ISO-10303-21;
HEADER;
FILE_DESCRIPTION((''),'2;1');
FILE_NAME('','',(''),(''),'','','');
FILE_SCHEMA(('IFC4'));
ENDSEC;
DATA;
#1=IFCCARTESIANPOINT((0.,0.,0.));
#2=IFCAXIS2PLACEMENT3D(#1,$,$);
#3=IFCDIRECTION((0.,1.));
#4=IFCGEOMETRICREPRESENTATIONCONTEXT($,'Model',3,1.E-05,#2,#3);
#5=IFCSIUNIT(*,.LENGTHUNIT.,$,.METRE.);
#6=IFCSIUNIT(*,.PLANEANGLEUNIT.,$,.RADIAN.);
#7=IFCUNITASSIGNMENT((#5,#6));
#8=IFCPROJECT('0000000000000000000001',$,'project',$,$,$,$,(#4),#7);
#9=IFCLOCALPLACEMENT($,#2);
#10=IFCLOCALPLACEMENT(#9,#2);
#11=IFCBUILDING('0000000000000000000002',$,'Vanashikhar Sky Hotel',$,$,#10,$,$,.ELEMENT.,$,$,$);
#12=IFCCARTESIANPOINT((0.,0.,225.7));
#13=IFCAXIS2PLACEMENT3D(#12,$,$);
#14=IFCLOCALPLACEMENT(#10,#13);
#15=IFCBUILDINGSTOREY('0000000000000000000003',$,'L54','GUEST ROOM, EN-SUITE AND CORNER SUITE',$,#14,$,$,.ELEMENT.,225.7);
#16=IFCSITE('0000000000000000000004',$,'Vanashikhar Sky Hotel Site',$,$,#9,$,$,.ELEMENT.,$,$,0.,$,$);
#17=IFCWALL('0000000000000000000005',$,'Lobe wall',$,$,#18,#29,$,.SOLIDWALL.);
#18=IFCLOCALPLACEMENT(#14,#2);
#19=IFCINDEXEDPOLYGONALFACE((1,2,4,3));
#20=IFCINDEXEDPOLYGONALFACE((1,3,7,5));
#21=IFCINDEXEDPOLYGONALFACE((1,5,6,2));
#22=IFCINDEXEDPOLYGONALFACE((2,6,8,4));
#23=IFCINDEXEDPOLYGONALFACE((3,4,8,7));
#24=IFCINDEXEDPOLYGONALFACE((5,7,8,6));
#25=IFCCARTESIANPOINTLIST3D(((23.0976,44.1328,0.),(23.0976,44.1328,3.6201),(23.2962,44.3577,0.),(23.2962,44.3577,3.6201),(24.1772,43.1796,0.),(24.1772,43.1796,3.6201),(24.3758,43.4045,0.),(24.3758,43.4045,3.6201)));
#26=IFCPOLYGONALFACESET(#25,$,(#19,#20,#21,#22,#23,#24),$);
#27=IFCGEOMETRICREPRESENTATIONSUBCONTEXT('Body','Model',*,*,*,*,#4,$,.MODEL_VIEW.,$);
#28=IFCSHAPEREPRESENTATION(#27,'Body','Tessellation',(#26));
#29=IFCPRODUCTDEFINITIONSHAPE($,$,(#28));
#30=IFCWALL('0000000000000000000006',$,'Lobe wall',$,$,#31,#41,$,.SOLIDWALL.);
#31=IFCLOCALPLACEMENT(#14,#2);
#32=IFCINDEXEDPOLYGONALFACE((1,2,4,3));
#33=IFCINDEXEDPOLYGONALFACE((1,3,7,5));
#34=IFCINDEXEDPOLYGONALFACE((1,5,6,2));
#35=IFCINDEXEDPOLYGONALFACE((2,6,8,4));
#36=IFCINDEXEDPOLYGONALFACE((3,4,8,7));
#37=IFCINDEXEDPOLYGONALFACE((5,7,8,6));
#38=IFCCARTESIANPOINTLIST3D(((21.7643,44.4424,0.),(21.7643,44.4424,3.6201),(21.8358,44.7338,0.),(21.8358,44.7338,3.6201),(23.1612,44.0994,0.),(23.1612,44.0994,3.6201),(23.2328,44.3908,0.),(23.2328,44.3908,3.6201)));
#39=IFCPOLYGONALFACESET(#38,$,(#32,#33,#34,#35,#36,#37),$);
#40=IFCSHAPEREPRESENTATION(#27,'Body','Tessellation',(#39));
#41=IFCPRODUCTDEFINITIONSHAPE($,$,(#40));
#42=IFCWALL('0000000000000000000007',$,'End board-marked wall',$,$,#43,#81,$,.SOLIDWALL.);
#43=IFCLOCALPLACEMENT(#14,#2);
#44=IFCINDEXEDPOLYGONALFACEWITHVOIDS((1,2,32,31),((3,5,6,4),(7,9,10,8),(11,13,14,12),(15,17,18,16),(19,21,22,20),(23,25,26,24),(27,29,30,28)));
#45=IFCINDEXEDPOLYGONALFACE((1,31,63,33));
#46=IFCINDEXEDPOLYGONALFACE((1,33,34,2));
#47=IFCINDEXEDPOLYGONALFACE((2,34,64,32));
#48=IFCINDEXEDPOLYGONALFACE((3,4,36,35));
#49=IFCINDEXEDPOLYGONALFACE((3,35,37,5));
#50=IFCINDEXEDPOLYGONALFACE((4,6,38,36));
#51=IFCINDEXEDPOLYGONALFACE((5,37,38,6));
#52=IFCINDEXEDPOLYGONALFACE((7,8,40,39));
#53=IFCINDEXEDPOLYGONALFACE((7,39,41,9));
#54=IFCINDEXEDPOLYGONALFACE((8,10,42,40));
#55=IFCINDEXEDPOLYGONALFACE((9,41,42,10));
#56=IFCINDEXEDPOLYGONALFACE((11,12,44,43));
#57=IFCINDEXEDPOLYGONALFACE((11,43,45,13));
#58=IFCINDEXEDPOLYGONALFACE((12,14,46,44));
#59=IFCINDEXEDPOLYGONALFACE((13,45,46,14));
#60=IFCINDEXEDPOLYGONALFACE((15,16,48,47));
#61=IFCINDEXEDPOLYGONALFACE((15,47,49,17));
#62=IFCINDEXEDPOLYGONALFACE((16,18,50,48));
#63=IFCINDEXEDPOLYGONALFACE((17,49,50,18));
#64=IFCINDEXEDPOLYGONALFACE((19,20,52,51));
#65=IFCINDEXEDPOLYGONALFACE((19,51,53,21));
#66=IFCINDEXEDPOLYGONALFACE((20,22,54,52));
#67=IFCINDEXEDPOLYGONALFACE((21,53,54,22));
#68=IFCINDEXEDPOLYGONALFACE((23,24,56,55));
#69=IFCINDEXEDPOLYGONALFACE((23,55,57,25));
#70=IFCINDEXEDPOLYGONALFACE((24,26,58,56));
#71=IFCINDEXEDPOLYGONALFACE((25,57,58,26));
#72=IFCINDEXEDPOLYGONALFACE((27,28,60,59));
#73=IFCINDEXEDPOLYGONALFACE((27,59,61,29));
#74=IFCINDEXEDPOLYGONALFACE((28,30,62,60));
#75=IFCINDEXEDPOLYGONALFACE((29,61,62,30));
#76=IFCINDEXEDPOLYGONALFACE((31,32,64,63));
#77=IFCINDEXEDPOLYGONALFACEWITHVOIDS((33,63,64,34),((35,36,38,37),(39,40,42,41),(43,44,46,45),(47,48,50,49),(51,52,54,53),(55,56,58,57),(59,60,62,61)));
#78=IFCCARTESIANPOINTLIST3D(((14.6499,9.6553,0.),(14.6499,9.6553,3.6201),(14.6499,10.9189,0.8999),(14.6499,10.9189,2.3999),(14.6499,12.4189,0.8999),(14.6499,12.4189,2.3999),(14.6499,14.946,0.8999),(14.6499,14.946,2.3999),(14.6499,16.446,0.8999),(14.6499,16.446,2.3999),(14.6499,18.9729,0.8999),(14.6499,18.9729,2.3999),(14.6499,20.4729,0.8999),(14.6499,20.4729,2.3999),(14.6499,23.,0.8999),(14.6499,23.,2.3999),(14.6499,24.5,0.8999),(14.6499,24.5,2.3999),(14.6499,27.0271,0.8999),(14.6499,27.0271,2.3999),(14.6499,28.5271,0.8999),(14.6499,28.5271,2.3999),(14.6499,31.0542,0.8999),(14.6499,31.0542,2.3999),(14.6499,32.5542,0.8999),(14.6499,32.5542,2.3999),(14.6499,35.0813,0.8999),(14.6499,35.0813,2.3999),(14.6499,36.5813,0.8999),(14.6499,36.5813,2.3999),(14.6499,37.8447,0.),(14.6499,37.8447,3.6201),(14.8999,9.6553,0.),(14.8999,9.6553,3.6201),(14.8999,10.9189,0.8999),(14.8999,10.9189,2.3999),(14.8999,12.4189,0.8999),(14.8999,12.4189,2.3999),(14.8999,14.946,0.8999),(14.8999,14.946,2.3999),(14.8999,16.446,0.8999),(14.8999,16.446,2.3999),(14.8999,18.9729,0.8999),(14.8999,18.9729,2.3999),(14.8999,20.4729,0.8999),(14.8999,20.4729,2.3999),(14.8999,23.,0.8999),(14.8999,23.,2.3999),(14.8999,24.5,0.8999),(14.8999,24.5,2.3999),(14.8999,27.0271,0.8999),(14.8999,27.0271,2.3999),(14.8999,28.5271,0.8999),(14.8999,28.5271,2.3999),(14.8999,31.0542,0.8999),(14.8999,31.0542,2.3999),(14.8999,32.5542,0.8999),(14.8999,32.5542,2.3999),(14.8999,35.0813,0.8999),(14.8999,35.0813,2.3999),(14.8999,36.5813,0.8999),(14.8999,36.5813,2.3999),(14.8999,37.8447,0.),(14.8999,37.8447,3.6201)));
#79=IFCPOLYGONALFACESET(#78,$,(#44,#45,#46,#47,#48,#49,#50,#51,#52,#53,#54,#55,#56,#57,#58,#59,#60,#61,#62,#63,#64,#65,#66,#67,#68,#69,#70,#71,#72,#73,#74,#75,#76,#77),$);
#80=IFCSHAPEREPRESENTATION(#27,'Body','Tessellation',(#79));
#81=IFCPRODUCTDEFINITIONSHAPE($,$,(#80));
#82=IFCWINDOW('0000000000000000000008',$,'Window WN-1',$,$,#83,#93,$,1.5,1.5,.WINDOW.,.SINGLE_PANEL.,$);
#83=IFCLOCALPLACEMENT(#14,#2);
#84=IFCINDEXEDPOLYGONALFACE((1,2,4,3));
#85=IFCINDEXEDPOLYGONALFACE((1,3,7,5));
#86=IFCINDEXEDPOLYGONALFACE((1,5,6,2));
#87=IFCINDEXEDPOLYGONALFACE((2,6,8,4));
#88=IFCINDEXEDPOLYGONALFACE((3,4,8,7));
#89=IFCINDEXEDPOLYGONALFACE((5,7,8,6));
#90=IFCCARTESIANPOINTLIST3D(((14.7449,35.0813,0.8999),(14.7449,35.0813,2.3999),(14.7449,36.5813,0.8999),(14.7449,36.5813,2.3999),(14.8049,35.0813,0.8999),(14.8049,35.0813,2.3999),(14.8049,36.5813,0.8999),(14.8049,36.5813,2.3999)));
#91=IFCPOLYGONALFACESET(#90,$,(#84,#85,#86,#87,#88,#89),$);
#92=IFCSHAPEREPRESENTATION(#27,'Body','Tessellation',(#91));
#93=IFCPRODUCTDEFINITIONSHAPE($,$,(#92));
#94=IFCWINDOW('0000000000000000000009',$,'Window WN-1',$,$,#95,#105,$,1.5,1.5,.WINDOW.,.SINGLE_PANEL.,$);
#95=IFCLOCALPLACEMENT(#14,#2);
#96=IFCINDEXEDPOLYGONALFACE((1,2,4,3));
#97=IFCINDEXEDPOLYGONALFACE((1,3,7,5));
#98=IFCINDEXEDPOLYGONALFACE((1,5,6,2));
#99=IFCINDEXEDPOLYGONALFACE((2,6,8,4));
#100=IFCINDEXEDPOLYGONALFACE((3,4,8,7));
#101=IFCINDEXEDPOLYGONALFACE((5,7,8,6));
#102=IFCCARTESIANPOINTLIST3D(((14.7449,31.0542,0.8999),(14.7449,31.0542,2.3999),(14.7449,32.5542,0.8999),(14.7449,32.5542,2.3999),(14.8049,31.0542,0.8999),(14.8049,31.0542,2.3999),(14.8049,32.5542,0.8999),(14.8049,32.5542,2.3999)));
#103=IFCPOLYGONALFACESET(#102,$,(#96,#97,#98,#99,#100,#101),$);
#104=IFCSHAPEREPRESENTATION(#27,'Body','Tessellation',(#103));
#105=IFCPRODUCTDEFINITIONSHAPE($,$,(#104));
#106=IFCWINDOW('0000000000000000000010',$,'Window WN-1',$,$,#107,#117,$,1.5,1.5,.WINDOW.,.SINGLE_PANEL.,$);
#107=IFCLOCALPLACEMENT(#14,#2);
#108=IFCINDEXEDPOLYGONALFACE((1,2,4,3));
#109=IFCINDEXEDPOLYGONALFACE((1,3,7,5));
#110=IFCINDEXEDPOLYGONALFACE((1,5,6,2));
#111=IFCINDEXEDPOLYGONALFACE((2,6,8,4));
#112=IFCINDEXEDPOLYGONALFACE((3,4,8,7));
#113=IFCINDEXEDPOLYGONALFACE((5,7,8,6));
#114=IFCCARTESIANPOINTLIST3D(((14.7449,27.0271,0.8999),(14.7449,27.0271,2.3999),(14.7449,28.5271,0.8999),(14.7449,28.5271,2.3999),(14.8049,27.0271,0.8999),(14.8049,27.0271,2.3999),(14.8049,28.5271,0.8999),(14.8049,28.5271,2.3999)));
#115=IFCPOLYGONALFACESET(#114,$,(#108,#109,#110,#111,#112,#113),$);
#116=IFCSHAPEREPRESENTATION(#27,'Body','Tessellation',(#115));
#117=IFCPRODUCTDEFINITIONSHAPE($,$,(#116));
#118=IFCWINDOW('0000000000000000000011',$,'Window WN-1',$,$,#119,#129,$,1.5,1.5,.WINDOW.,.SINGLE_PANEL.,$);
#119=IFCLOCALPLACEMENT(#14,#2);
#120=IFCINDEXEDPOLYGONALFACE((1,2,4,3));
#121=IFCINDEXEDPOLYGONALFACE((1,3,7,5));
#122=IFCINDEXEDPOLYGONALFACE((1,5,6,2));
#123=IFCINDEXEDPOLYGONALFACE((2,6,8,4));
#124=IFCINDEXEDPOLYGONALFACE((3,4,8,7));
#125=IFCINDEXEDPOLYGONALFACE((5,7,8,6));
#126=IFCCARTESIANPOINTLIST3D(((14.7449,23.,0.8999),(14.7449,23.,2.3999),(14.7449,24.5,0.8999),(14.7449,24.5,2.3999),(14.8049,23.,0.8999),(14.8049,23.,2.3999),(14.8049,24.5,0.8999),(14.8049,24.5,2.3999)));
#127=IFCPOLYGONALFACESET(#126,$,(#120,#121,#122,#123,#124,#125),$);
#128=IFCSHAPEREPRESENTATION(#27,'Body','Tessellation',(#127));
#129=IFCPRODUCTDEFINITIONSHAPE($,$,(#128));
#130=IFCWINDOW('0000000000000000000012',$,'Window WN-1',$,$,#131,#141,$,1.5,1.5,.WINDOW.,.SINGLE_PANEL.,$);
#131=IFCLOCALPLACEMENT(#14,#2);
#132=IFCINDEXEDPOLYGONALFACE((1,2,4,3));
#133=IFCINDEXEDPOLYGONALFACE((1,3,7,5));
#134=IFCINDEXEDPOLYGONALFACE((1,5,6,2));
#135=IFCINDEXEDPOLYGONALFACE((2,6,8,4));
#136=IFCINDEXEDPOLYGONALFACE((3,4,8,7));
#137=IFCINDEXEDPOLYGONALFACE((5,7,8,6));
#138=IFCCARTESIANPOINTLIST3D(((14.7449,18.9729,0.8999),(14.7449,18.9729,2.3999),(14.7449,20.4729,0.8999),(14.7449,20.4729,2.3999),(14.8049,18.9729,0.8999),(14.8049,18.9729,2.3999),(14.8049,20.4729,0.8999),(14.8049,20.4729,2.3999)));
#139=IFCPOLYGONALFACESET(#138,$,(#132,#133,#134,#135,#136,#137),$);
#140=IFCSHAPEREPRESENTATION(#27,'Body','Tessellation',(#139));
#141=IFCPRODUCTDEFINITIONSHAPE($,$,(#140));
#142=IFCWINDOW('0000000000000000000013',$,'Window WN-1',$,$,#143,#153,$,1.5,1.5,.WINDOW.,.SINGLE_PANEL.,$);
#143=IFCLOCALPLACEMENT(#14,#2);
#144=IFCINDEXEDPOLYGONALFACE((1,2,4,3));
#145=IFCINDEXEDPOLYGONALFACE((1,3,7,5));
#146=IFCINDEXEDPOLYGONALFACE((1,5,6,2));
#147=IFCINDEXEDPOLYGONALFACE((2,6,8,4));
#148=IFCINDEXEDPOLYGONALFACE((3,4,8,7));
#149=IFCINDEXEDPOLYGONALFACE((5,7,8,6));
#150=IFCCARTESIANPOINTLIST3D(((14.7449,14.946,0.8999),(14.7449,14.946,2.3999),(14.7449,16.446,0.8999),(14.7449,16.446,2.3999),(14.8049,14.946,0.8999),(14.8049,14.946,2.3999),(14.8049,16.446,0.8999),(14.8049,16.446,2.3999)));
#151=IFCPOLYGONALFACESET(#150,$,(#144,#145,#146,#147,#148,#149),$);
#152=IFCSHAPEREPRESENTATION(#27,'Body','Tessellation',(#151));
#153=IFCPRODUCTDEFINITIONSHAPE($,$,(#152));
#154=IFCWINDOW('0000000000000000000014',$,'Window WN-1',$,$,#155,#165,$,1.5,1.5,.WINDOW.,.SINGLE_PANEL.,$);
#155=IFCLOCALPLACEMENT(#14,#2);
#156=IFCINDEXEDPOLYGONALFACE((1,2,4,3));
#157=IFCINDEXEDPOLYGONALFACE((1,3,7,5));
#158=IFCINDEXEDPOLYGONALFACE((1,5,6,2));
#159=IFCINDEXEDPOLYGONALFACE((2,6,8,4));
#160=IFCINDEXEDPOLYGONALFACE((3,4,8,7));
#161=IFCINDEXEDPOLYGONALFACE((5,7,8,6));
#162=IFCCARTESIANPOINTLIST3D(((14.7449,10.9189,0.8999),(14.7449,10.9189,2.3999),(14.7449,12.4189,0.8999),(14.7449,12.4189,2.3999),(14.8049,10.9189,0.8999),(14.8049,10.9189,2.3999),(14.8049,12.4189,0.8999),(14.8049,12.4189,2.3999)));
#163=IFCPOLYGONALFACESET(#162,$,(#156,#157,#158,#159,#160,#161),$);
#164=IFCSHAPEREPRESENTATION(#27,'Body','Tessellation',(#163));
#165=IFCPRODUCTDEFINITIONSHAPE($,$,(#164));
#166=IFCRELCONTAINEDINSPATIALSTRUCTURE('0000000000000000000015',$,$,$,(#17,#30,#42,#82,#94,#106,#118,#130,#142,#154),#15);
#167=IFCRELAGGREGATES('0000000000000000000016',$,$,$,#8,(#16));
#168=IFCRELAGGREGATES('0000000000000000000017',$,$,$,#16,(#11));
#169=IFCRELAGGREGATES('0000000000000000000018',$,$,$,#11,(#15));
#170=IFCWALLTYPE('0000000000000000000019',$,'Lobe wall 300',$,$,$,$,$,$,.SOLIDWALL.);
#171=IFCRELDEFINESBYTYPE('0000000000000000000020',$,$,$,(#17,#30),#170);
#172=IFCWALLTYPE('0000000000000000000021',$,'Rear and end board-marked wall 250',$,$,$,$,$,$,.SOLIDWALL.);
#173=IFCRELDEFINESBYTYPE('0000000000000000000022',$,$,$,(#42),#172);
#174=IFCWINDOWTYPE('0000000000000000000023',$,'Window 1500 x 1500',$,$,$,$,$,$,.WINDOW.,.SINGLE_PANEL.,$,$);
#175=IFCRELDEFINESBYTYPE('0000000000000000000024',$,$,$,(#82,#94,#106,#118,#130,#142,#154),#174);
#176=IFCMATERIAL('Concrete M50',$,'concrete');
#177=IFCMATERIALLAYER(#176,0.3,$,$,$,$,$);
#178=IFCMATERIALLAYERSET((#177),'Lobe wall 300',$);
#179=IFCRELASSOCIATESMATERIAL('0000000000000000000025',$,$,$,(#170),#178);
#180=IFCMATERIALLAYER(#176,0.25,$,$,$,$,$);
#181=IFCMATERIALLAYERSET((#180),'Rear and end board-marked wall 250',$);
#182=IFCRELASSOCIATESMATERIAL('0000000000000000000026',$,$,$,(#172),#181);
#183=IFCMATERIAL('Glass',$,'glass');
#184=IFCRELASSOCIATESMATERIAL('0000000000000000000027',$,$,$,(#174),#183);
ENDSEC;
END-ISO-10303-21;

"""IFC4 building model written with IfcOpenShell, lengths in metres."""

from ifc_helpers import new_model, si_unit, direction, frame, frame_2d, origin, place, context, subcontext, project, spatial, rectangle, extrude, source, transform, mapped, material, layer, layer_set, type_object, element, fill, save


model = new_model("IFC4")

# Units and contexts
model_context = context("Model", 3, precision=1e-05, world=origin(), true_north=direction((0.0, 1.0)))
body_context = subcontext(model_context, "Body", "Model", "MODEL_VIEW")
ifc_project = project(units=[si_unit("LENGTHUNIT", "METRE"), si_unit("PLANEANGLEUNIT", "RADIAN")], contexts=[model_context])

# Site, building, storey
site_placement = place(None, origin())
site = spatial("IfcSite", under=ifc_project, at=site_placement, Name="Vanashikhar Sky Hotel Site", CompositionType="ELEMENT", RefElevation=0.0)
building_placement = place(site_placement, origin())
building = spatial("IfcBuilding", under=site, at=building_placement, Name="Vanashikhar Sky Hotel", CompositionType="ELEMENT")
storey_placement = place(building_placement, frame((0.0, 0.0, 225.7)))
storey = spatial("IfcBuildingStorey", under=building, at=storey_placement, Name="L54", Description="GUEST ROOM, EN-SUITE AND CORNER SUITE", CompositionType="ELEMENT", Elevation=225.7)

# Shared definitions
ifc_material_1 = material(Name="Concrete M50", Category="concrete")
ifc_layer_1 = layer(ifc_material_1, 0.3)
ifc_layer_set_1 = layer_set([ifc_layer_1], Name="Lobe wall 300")
wall_type_1 = type_object("IfcWallType", Name="Lobe wall 300", PredefinedType="SOLIDWALL", material=ifc_layer_set_1)
ifc_material_2 = material(Name="Glass", Category="glass")

# Walls
shared_shape_1 = source(origin(), body_context, "Body", "SweptSolid", [
    extrude(rectangle(XDim=1.4402, YDim=0.3, at=frame_2d((0.7202, 0.0))), origin(), (0.0, 0.0, 1.0), 3.6201),
])
wall_1_placement = place(storey_placement, frame((24.2766, 43.292, 0.0), z_axis=(0.0, 0.0, 1.0), x_axis=(-0.74965, 0.661835, 0.0)))
element("IfcWall", 1, at=wall_1_placement, inside=storey, type_object=wall_type_1, Name="Lobe wall", PredefinedType="SOLIDWALL", context=body_context, shape_type="MappedRepresentation", body=[
    mapped(shared_shape_1, transform((0.0, 0.0, 0.0), scale=1.0)),
])
shared_shape_2 = source(origin(), body_context, "Body", "SweptSolid", [
    extrude(rectangle(XDim=1.4385, YDim=0.3, at=frame_2d((0.7192, 0.0))), origin(), (0.0, 0.0, 1.0), 3.6201),
])
wall_2_placement = place(storey_placement, frame((23.197, 44.2451, 0.0), z_axis=(0.0, 0.0, 1.0), x_axis=(-0.971152, 0.23846, 0.0)))
element("IfcWall", 2, at=wall_2_placement, inside=storey, type_object=wall_type_1, Name="Lobe wall", PredefinedType="SOLIDWALL", context=body_context, shape_type="MappedRepresentation", body=[
    mapped(shared_shape_2, transform((0.0, 0.0, 0.0), scale=1.0)),
])

# Wall, openings, windows
ifc_layer_2 = layer(ifc_material_1, 0.25)
ifc_layer_set_2 = layer_set([ifc_layer_2], Name="Rear and end board-marked wall 250")
wall_type_2 = type_object("IfcWallType", Name="Rear and end board-marked wall 250", PredefinedType="SOLIDWALL", material=ifc_layer_set_2)
shared_shape_3 = source(origin(), body_context, "Body", "SweptSolid", [
    extrude(rectangle(XDim=28.1895, YDim=0.25, at=frame_2d((14.0947, 0.0))), origin(), (0.0, 0.0, 1.0), 3.6201),
])
wall_3_placement = place(storey_placement, frame((14.7749, 37.8447, 0.0), z_axis=(0.0, 0.0, 1.0), x_axis=(0.0, -1.0, 0.0)))
wall_3 = element("IfcWall", 3, at=wall_3_placement, inside=storey, type_object=wall_type_2, Name="End board-marked wall", PredefinedType="SOLIDWALL", context=body_context, shape_type="MappedRepresentation", body=[
    mapped(shared_shape_3, transform((0.0, 0.0, 0.0), scale=1.0)),
])
shared_shape_4 = source(origin(), body_context, "Body", "SweptSolid", [
    extrude(rectangle(XDim=1.5, YDim=1.5, at=frame_2d((0.75, 0.75))), frame((0.0, 0.135, 0.0), z_axis=(0.0, -1.0, 0.0), x_axis=(1.0, 0.0, 0.0)), (0.0, 0.0, 1.0), 0.27),
])
opening_1_placement = place(wall_3_placement, frame((1.2634, 0.0, 0.8999)))
opening_1 = element("IfcOpeningElement", 4, at=opening_1_placement, cuts=wall_3, PredefinedType="OPENING", context=body_context, shape_type="MappedRepresentation", body=[
    mapped(shared_shape_4, transform((0.0, 0.0, 0.0), scale=1.0)),
])
opening_2_placement = place(wall_3_placement, frame((5.2905, 0.0, 0.8999)))
opening_2 = element("IfcOpeningElement", 5, at=opening_2_placement, cuts=wall_3, PredefinedType="OPENING", context=body_context, shape_type="MappedRepresentation", body=[
    mapped(shared_shape_4, transform((0.0, 0.0, 0.0), scale=1.0)),
])
opening_3_placement = place(wall_3_placement, frame((9.3176, 0.0, 0.8999)))
opening_3 = element("IfcOpeningElement", 6, at=opening_3_placement, cuts=wall_3, PredefinedType="OPENING", context=body_context, shape_type="MappedRepresentation", body=[
    mapped(shared_shape_4, transform((0.0, 0.0, 0.0), scale=1.0)),
])
opening_4_placement = place(wall_3_placement, frame((13.3447, 0.0, 0.8999)))
opening_4 = element("IfcOpeningElement", 7, at=opening_4_placement, cuts=wall_3, PredefinedType="OPENING", context=body_context, shape_type="MappedRepresentation", body=[
    mapped(shared_shape_4, transform((0.0, 0.0, 0.0), scale=1.0)),
])
opening_5_placement = place(wall_3_placement, frame((17.3718, 0.0, 0.8999)))
opening_5 = element("IfcOpeningElement", 8, at=opening_5_placement, cuts=wall_3, PredefinedType="OPENING", context=body_context, shape_type="MappedRepresentation", body=[
    mapped(shared_shape_4, transform((0.0, 0.0, 0.0), scale=1.0)),
])
opening_6_placement = place(wall_3_placement, frame((21.3987, 0.0, 0.8999)))
opening_6 = element("IfcOpeningElement", 9, at=opening_6_placement, cuts=wall_3, PredefinedType="OPENING", context=body_context, shape_type="MappedRepresentation", body=[
    mapped(shared_shape_4, transform((0.0, 0.0, 0.0), scale=1.0)),
])
opening_7_placement = place(wall_3_placement, frame((25.4258, 0.0, 0.8999)))
opening_7 = element("IfcOpeningElement", 10, at=opening_7_placement, cuts=wall_3, PredefinedType="OPENING", context=body_context, shape_type="MappedRepresentation", body=[
    mapped(shared_shape_4, transform((0.0, 0.0, 0.0), scale=1.0)),
])
window_type_1 = type_object("IfcWindowType", Name="Window 1500 x 1500", PartitioningType="SINGLE_PANEL", PredefinedType="WINDOW", material=ifc_material_2)
shared_shape_5 = source(origin(), body_context, "Body", "SweptSolid", [
    extrude(rectangle(XDim=1.5, YDim=1.5, at=frame_2d((0.75, 0.75))), frame((0.0, 0.03, 0.0), z_axis=(0.0, -1.0, 0.0), x_axis=(1.0, 0.0, 0.0)), (0.0, 0.0, 1.0), 0.0601),
])
window_1_placement = place(opening_1_placement, origin())
window_1 = element("IfcWindow", 11, at=window_1_placement, inside=storey, type_object=window_type_1, Name="Window WN-1", OverallHeight=1.5, OverallWidth=1.5, PartitioningType="SINGLE_PANEL", PredefinedType="WINDOW", context=body_context, shape_type="MappedRepresentation", body=[
    mapped(shared_shape_5, transform((0.0, 0.0, 0.0), scale=1.0)),
])
fill(opening_1, window_1)
window_2_placement = place(opening_2_placement, origin())
window_2 = element("IfcWindow", 12, at=window_2_placement, inside=storey, type_object=window_type_1, Name="Window WN-1", OverallHeight=1.5, OverallWidth=1.5, PartitioningType="SINGLE_PANEL", PredefinedType="WINDOW", context=body_context, shape_type="MappedRepresentation", body=[
    mapped(shared_shape_5, transform((0.0, 0.0, 0.0), scale=1.0)),
])
fill(opening_2, window_2)
window_3_placement = place(opening_3_placement, origin())
window_3 = element("IfcWindow", 13, at=window_3_placement, inside=storey, type_object=window_type_1, Name="Window WN-1", OverallHeight=1.5, OverallWidth=1.5, PartitioningType="SINGLE_PANEL", PredefinedType="WINDOW", context=body_context, shape_type="MappedRepresentation", body=[
    mapped(shared_shape_5, transform((0.0, 0.0, 0.0), scale=1.0)),
])
fill(opening_3, window_3)
window_4_placement = place(opening_4_placement, origin())
window_4 = element("IfcWindow", 14, at=window_4_placement, inside=storey, type_object=window_type_1, Name="Window WN-1", OverallHeight=1.5, OverallWidth=1.5, PartitioningType="SINGLE_PANEL", PredefinedType="WINDOW", context=body_context, shape_type="MappedRepresentation", body=[
    mapped(shared_shape_5, transform((0.0, 0.0, 0.0), scale=1.0)),
])
fill(opening_4, window_4)
window_5_placement = place(opening_5_placement, origin())
window_5 = element("IfcWindow", 15, at=window_5_placement, inside=storey, type_object=window_type_1, Name="Window WN-1", OverallHeight=1.5, OverallWidth=1.5, PartitioningType="SINGLE_PANEL", PredefinedType="WINDOW", context=body_context, shape_type="MappedRepresentation", body=[
    mapped(shared_shape_5, transform((0.0, 0.0, 0.0), scale=1.0)),
])
fill(opening_5, window_5)
window_6_placement = place(opening_6_placement, origin())
window_6 = element("IfcWindow", 16, at=window_6_placement, inside=storey, type_object=window_type_1, Name="Window WN-1", OverallHeight=1.5, OverallWidth=1.5, PartitioningType="SINGLE_PANEL", PredefinedType="WINDOW", context=body_context, shape_type="MappedRepresentation", body=[
    mapped(shared_shape_5, transform((0.0, 0.0, 0.0), scale=1.0)),
])
fill(opening_6, window_6)
window_7_placement = place(opening_7_placement, origin())
window_7 = element("IfcWindow", 17, at=window_7_placement, inside=storey, type_object=window_type_1, Name="Window WN-1", OverallHeight=1.5, OverallWidth=1.5, PartitioningType="SINGLE_PANEL", PredefinedType="WINDOW", context=body_context, shape_type="MappedRepresentation", body=[
    mapped(shared_shape_5, transform((0.0, 0.0, 0.0), scale=1.0)),
])
fill(opening_7, window_7)

save(model, "model.ifc")
